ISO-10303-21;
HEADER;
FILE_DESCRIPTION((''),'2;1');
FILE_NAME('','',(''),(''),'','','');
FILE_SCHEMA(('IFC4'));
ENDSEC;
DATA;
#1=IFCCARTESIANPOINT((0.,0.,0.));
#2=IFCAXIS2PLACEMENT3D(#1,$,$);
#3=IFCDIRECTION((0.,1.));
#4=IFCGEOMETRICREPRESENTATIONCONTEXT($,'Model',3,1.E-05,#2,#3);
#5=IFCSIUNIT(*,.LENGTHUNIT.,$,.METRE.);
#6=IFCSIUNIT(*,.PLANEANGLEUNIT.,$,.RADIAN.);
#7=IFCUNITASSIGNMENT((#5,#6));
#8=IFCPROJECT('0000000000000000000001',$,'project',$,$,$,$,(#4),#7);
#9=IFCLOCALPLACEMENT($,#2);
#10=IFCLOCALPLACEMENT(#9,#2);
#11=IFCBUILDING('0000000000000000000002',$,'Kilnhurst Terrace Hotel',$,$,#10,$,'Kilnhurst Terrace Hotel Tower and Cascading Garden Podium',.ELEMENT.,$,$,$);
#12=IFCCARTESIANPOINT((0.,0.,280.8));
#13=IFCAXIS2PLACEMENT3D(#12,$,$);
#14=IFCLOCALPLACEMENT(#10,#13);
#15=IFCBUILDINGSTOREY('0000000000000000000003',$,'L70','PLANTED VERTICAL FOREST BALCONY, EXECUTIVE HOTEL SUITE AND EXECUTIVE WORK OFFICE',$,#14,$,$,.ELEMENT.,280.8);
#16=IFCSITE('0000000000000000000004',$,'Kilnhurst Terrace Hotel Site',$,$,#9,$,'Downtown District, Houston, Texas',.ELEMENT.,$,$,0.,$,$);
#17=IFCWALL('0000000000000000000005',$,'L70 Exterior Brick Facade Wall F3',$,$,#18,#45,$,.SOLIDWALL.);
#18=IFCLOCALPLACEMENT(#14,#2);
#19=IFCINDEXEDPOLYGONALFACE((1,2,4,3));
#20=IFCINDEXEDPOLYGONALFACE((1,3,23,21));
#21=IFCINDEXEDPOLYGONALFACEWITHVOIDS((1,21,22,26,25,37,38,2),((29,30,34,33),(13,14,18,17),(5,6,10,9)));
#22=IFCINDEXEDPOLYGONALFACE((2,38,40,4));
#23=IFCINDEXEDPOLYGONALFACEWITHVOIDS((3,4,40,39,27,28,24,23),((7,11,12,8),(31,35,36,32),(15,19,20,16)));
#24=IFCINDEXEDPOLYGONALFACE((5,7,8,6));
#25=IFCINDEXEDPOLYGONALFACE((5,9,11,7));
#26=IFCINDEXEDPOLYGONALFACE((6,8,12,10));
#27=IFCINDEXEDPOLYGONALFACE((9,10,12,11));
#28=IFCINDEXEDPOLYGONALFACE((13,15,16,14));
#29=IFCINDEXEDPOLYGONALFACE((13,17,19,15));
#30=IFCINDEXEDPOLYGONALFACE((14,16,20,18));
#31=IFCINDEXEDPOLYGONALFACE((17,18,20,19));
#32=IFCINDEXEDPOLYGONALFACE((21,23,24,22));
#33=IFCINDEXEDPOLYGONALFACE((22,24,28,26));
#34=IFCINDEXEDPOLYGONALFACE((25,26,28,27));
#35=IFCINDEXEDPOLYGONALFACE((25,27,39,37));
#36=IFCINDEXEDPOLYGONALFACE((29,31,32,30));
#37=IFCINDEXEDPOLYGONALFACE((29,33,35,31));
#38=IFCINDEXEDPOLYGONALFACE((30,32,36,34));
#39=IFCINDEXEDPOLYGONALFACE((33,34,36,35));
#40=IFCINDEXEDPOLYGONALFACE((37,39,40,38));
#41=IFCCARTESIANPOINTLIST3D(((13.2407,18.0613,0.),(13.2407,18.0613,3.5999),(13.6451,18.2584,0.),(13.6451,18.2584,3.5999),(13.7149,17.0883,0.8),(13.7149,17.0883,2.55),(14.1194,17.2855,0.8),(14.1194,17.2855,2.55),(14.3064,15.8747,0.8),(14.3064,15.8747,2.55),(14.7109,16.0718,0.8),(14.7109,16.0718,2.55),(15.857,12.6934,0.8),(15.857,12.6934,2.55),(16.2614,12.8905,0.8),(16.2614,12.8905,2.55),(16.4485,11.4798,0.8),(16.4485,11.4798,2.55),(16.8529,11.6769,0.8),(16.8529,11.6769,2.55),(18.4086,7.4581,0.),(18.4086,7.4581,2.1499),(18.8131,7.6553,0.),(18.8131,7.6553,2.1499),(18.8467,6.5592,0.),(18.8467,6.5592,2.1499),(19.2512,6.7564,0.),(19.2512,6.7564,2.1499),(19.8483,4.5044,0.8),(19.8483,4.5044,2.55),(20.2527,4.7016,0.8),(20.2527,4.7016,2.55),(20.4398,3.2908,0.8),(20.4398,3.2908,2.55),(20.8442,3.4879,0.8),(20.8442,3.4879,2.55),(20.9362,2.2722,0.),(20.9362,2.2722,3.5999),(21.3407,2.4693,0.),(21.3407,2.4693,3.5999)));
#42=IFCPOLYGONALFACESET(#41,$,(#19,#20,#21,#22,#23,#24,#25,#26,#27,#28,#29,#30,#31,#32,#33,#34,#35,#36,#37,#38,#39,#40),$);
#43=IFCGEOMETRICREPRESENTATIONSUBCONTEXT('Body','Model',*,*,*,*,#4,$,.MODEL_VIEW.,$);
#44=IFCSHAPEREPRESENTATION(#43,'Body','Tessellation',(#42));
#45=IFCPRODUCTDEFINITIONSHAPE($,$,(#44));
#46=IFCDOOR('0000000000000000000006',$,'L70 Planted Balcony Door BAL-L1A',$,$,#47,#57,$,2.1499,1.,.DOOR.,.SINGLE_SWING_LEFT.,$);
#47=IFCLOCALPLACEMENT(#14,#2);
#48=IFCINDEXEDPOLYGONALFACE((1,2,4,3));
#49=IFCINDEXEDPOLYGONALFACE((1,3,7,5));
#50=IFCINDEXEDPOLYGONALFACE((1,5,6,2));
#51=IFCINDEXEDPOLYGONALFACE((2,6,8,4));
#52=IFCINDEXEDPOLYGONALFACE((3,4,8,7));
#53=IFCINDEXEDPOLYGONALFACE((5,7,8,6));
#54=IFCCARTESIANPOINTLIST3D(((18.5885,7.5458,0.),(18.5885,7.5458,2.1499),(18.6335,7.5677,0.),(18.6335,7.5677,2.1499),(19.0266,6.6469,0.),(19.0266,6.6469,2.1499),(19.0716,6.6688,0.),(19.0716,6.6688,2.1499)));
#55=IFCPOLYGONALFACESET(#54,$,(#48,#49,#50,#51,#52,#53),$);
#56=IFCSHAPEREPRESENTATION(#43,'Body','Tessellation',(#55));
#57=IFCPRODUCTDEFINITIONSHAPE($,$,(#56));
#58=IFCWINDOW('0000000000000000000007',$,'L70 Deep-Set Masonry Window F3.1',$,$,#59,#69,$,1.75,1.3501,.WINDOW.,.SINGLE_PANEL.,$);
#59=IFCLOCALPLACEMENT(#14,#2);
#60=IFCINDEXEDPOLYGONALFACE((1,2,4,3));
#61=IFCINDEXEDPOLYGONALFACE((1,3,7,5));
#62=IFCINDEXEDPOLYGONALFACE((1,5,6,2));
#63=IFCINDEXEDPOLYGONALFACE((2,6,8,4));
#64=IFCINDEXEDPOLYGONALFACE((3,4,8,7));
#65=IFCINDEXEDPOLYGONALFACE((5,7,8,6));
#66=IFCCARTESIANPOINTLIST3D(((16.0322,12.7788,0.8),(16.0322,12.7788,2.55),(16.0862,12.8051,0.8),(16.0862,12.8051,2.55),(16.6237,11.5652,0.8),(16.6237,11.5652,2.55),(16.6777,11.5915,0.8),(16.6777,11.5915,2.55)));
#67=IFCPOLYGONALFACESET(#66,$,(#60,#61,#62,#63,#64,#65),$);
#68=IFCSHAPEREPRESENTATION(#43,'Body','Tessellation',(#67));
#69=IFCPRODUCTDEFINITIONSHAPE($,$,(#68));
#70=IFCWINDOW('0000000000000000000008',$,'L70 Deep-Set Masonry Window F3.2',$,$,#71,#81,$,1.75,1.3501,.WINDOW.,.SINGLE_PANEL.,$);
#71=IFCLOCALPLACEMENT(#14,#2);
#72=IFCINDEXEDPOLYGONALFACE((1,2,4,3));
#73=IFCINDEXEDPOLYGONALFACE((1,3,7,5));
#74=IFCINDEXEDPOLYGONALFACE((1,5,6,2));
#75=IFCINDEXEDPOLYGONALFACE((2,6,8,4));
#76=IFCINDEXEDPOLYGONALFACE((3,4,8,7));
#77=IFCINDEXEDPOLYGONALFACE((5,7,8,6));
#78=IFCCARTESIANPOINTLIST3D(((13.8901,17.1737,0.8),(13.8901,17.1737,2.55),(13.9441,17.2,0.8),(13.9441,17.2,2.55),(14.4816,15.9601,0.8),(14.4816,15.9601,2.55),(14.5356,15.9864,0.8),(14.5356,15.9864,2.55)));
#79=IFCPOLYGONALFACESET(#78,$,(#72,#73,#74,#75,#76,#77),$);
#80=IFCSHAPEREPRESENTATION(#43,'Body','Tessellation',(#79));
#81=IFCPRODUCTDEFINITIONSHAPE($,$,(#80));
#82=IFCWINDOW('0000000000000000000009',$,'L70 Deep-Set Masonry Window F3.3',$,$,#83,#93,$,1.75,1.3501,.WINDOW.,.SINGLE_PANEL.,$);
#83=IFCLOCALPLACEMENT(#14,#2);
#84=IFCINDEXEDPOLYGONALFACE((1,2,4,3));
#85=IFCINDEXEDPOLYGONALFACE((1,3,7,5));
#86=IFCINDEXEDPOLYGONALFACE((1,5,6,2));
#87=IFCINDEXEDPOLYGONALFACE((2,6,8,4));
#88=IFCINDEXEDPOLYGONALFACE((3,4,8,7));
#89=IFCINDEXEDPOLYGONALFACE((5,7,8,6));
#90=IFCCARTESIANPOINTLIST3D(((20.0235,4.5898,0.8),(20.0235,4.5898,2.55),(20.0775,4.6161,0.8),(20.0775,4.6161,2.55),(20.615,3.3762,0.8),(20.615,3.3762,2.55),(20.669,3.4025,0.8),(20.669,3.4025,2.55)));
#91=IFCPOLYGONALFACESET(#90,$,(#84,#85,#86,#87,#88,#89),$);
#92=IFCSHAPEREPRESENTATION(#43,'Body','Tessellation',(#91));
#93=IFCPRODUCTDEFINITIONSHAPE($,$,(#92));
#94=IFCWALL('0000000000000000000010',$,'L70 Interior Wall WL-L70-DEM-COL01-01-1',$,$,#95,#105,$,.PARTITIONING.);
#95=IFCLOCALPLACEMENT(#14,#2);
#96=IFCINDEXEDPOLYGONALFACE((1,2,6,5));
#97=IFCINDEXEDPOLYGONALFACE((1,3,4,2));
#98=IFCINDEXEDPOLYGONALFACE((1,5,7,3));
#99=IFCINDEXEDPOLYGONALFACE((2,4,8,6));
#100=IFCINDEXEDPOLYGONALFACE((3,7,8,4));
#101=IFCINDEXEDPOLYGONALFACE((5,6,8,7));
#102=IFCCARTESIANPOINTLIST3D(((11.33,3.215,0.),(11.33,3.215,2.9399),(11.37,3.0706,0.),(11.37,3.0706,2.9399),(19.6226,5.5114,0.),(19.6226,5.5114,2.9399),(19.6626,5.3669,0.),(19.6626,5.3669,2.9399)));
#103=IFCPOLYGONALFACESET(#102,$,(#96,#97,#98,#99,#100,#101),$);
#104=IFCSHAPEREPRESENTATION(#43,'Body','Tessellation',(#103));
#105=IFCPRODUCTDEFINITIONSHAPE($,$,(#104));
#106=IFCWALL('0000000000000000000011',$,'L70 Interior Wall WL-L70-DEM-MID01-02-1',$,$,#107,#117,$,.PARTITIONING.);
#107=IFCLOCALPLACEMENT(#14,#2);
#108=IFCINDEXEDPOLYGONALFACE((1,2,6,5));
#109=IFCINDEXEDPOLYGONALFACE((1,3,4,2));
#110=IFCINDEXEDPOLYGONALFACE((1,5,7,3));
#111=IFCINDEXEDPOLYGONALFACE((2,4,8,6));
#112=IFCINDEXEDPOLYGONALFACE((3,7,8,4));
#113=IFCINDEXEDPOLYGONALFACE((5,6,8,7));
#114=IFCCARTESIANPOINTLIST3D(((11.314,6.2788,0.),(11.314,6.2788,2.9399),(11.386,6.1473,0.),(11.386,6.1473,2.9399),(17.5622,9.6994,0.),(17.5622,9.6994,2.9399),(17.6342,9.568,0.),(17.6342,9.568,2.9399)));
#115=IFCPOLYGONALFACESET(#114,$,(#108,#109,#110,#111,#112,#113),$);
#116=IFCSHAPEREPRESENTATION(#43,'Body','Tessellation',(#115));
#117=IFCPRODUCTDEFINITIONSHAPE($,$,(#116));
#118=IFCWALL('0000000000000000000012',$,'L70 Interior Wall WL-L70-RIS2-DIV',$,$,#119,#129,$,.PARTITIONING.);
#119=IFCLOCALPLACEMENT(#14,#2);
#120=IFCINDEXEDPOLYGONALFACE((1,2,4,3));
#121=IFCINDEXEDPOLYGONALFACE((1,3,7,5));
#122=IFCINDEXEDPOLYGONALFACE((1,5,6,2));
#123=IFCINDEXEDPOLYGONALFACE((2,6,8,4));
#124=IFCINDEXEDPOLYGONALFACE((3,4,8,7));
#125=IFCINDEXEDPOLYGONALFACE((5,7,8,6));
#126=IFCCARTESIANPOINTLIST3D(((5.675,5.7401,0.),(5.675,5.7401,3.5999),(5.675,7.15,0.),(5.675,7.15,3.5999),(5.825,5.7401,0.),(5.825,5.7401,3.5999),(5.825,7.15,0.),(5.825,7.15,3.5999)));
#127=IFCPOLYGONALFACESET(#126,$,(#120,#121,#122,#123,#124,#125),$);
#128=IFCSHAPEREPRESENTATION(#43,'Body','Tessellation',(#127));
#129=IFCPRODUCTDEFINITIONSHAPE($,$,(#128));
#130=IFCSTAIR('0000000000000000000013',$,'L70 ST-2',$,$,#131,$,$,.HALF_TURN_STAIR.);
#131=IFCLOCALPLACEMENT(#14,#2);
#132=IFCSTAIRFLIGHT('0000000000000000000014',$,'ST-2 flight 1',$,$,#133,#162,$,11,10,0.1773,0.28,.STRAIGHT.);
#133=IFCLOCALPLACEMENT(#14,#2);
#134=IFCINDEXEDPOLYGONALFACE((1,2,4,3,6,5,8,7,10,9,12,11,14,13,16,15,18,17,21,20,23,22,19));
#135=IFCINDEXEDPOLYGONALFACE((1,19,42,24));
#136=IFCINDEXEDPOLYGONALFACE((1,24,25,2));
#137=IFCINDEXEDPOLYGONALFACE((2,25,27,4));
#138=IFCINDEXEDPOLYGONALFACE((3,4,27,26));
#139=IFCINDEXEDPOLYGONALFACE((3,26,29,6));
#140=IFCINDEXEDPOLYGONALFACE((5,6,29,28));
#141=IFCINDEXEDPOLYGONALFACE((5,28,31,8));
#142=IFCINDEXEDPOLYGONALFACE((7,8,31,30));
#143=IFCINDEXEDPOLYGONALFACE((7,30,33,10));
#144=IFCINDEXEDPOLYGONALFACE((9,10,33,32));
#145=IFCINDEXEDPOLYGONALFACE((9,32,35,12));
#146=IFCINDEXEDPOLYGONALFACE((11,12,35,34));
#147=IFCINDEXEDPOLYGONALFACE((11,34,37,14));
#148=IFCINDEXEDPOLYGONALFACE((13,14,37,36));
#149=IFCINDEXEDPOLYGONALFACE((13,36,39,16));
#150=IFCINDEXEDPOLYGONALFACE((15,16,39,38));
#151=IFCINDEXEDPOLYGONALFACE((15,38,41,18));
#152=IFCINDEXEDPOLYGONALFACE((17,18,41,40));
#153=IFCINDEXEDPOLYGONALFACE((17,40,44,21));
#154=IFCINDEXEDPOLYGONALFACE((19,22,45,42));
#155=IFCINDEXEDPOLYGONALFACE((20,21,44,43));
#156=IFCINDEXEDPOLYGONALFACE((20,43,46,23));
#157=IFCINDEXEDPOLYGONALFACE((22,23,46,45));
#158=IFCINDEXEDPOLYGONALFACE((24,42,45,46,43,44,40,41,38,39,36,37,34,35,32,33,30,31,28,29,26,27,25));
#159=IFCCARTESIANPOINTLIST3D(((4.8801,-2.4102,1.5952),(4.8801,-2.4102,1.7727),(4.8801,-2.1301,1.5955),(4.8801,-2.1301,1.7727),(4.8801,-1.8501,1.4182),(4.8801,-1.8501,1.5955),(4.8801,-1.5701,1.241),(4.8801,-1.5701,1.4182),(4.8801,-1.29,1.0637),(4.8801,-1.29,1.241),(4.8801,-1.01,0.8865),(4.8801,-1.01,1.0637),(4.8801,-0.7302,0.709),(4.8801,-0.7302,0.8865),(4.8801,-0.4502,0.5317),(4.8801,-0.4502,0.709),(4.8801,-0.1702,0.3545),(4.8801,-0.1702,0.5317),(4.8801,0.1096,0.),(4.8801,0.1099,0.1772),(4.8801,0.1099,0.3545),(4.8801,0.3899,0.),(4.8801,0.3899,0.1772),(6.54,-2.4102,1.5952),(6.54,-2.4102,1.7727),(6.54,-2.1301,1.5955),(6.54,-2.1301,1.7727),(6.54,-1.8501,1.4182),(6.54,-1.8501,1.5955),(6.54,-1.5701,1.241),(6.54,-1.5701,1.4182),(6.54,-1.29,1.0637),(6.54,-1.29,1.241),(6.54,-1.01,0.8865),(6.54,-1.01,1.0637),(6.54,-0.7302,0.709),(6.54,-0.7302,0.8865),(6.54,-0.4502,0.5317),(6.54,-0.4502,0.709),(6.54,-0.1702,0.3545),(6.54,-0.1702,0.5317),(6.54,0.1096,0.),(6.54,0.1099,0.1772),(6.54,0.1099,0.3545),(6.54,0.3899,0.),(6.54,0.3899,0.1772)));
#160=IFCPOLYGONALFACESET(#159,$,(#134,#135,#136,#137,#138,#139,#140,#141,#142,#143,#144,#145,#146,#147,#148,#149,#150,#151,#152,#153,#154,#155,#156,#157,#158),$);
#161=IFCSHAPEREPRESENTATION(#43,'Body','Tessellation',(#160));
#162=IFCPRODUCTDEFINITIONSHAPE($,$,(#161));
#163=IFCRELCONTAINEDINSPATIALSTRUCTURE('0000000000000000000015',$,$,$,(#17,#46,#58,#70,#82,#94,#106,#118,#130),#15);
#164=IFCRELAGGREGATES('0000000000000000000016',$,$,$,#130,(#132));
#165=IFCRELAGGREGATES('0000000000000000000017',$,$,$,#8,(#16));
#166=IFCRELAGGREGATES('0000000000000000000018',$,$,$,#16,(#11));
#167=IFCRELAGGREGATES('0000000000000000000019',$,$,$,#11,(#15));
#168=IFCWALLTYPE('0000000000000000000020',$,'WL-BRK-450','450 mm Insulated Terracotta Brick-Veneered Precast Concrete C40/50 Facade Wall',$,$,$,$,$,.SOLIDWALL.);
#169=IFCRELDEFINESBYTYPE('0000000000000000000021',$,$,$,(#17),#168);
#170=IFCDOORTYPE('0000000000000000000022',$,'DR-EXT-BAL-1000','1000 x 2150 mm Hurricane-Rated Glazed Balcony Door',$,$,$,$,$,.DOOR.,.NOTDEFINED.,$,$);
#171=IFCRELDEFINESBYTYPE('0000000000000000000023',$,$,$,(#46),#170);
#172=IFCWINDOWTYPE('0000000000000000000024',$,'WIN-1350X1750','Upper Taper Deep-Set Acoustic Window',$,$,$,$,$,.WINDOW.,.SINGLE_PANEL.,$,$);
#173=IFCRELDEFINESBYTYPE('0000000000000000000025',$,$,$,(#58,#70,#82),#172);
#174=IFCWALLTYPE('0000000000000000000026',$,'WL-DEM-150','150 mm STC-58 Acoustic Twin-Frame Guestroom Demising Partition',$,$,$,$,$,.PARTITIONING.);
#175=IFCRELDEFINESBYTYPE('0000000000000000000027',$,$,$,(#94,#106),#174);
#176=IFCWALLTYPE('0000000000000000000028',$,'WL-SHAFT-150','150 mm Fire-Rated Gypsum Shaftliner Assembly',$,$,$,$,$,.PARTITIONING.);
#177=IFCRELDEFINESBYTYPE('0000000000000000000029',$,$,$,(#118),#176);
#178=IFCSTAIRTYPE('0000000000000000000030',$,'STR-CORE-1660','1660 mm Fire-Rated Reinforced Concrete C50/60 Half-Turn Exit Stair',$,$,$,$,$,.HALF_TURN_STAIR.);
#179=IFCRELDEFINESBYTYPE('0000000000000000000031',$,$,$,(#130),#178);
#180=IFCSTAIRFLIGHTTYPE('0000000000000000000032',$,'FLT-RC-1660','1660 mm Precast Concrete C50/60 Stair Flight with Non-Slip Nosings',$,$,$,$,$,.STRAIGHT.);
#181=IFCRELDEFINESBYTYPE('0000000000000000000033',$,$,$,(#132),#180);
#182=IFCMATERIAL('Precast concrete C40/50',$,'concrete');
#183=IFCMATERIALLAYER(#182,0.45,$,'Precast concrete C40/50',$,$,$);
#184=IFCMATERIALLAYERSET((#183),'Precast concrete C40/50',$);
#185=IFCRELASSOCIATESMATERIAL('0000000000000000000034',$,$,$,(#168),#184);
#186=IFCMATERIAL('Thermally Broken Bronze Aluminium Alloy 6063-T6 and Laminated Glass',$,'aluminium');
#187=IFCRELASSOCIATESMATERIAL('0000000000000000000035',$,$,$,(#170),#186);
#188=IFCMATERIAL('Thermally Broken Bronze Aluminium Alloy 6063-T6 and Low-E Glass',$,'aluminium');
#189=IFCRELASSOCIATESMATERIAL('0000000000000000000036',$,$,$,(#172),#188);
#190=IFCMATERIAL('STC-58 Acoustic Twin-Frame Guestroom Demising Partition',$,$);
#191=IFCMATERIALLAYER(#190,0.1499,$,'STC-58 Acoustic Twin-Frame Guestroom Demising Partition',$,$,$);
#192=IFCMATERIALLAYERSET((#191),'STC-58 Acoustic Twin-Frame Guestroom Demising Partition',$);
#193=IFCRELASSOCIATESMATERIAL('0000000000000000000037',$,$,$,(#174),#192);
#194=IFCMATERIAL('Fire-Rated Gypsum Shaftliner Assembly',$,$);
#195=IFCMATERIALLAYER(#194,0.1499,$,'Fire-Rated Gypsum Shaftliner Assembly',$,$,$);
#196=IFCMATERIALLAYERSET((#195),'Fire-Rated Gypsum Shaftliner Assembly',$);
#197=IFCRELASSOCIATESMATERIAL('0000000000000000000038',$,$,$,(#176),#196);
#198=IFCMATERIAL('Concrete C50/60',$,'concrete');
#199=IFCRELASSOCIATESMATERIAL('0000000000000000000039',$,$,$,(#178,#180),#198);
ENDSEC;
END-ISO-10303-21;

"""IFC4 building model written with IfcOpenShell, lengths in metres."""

from ifc_helpers import new_model, si_unit, direction, frame, frame_2d, origin, place, context, subcontext, project, spatial, polyline, rectangle, outline, extrude, material, layer, layer_set, type_object, element, fill, aggregate, save


model = new_model("IFC4")

# Units and contexts
model_context = context("Model", 3, precision=1e-05, world=origin(), true_north=direction((0.0, 1.0)))
body_context = subcontext(model_context, "Body", "Model", "MODEL_VIEW")
ifc_project = project(units=[si_unit("LENGTHUNIT", "METRE"), si_unit("PLANEANGLEUNIT", "RADIAN")], contexts=[model_context])

# Site, building, storey
site_placement = place(None, origin())
site = spatial("IfcSite", under=ifc_project, at=site_placement, Name="Kilnhurst Terrace Hotel Site", LongName="Downtown District, Houston, Texas", CompositionType="ELEMENT", RefElevation=0.0)
building_placement = place(site_placement, origin())
building = spatial("IfcBuilding", under=site, at=building_placement, Name="Kilnhurst Terrace Hotel", LongName="Kilnhurst Terrace Hotel Tower and Cascading Garden Podium", CompositionType="ELEMENT")
storey_placement = place(building_placement, frame((0.0, 0.0, 280.8)))
storey = spatial("IfcBuildingStorey", under=building, at=storey_placement, Name="L70", Description="PLANTED VERTICAL FOREST BALCONY, EXECUTIVE HOTEL SUITE AND EXECUTIVE WORK OFFICE", CompositionType="ELEMENT", Elevation=280.8)

# Shared definitions
ifc_material_1 = material(Name="Concrete C50/60", Category="concrete")

# Shared definitions
ifc_material_2 = material(Name="Precast concrete C40/50", Category="concrete")
ifc_layer_1 = layer(ifc_material_2, 0.45, Name="Precast concrete C40/50")
ifc_layer_set_1 = layer_set([ifc_layer_1], Name="Precast concrete C40/50")
wall_type_1 = type_object("IfcWallType", Name="WL-BRK-450", Description="450 mm Insulated Terracotta Brick-Veneered Precast Concrete C40/50 Facade Wall", PredefinedType="SOLIDWALL", material=ifc_layer_set_1)

# Wall, openings, door, windows
wall_1_placement = place(storey_placement, frame((21.1384, 2.3708, 0.0), z_axis=(0.0, 0.0, 1.0), x_axis=(-0.438128, 0.898913, 0.0)))
wall_1 = element("IfcWall", 1, at=wall_1_placement, inside=storey, type_object=wall_type_1, Name="L70 Exterior Brick Facade Wall F3", PredefinedType="SOLIDWALL", context=body_context, shape_type="SweptSolid", body=[
    extrude(rectangle(XDim=17.5647, YDim=0.45, at=frame_2d((8.7822, 0.0))), origin(), (0.0, 0.0, 1.0), 3.5999),
])
opening_1_placement = place(wall_1_placement, frame((4.769, 0.0, 0.0)))
opening_1 = element("IfcOpeningElement", 2, at=opening_1_placement, cuts=wall_1, PredefinedType="OPENING", context=body_context, shape_type="SweptSolid", body=[
    extrude(rectangle(XDim=1.0, YDim=2.1499, at=frame_2d((0.5, 1.075))), frame((0.0, 0.2349, 0.0), z_axis=(0.0, -1.0, 0.0), x_axis=(1.0, 0.0, 0.0)), (0.0, 0.0, 1.0), 0.47),
])
opening_2_placement = place(wall_1_placement, frame((10.2429, 0.0, 0.8)))
opening_2 = element("IfcOpeningElement", 3, at=opening_2_placement, cuts=wall_1, PredefinedType="OPENING", context=body_context, shape_type="SweptSolid", body=[
    extrude(rectangle(XDim=1.3501, YDim=1.75, at=frame_2d((0.675, 0.875))), frame((0.0, 0.2349, 0.0), z_axis=(0.0, -1.0, 0.0), x_axis=(1.0, 0.0, 0.0)), (0.0, 0.0, 1.0), 0.47),
])
opening_3_placement = place(wall_1_placement, frame((15.1321, 0.0, 0.8)))
opening_3 = element("IfcOpeningElement", 4, at=opening_3_placement, cuts=wall_1, PredefinedType="OPENING", context=body_context, shape_type="SweptSolid", body=[
    extrude(rectangle(XDim=1.3501, YDim=1.75, at=frame_2d((0.675, 0.875))), frame((0.0, 0.2349, 0.0), z_axis=(0.0, -1.0, 0.0), x_axis=(1.0, 0.0, 0.0)), (0.0, 0.0, 1.0), 0.47),
])
opening_4_placement = place(wall_1_placement, frame((1.1331, 0.0, 0.8)))
opening_4 = element("IfcOpeningElement", 5, at=opening_4_placement, cuts=wall_1, PredefinedType="OPENING", context=body_context, shape_type="SweptSolid", body=[
    extrude(rectangle(XDim=1.3501, YDim=1.75, at=frame_2d((0.675, 0.875))), frame((0.0, 0.2349, 0.0), z_axis=(0.0, -1.0, 0.0), x_axis=(1.0, 0.0, 0.0)), (0.0, 0.0, 1.0), 0.47),
])
ifc_material_3 = material(Name="Thermally Broken Bronze Aluminium Alloy 6063-T6 and Laminated Glass", Category="aluminium")
door_type = type_object("IfcDoorType", Name="DR-EXT-BAL-1000", Description="1000 x 2150 mm Hurricane-Rated Glazed Balcony Door", OperationType="NOTDEFINED", PredefinedType="DOOR", material=ifc_material_3)
door_placement = place(opening_1_placement, origin())
door = element("IfcDoor", 6, at=door_placement, inside=storey, type_object=door_type, Name="L70 Planted Balcony Door BAL-L1A", OperationType="SINGLE_SWING_LEFT", OverallHeight=2.1499, OverallWidth=1.0, PredefinedType="DOOR", context=body_context, shape_type="SweptSolid", body=[
    extrude(rectangle(XDim=1.0, YDim=2.1499, at=frame_2d((0.5, 1.075))), frame((0.0, 0.0249, 0.0), z_axis=(0.0, -1.0, 0.0), x_axis=(1.0, 0.0, 0.0)), (0.0, 0.0, 1.0), 0.05),
])
fill(opening_1, door)
ifc_material_4 = material(Name="Thermally Broken Bronze Aluminium Alloy 6063-T6 and Low-E Glass", Category="aluminium")
window_type = type_object("IfcWindowType", Name="WIN-1350X1750", Description="Upper Taper Deep-Set Acoustic Window", PartitioningType="SINGLE_PANEL", PredefinedType="WINDOW", material=ifc_material_4)
window_1_placement = place(opening_2_placement, origin())
window_1 = element("IfcWindow", 7, at=window_1_placement, inside=storey, type_object=window_type, Name="L70 Deep-Set Masonry Window F3.1", OverallHeight=1.75, OverallWidth=1.3501, PartitioningType="SINGLE_PANEL", PredefinedType="WINDOW", context=body_context, shape_type="SweptSolid", body=[
    extrude(rectangle(XDim=1.3501, YDim=1.75, at=frame_2d((0.675, 0.875))), frame((0.0, 0.03, 0.0), z_axis=(0.0, -1.0, 0.0), x_axis=(1.0, 0.0, 0.0)), (0.0, 0.0, 1.0), 0.0601),
])
fill(opening_2, window_1)
window_2_placement = place(opening_3_placement, origin())
window_2 = element("IfcWindow", 8, at=window_2_placement, inside=storey, type_object=window_type, Name="L70 Deep-Set Masonry Window F3.2", OverallHeight=1.75, OverallWidth=1.3501, PartitioningType="SINGLE_PANEL", PredefinedType="WINDOW", context=body_context, shape_type="SweptSolid", body=[
    extrude(rectangle(XDim=1.3501, YDim=1.75, at=frame_2d((0.675, 0.875))), frame((0.0, 0.03, 0.0), z_axis=(0.0, -1.0, 0.0), x_axis=(1.0, 0.0, 0.0)), (0.0, 0.0, 1.0), 0.0601),
])
fill(opening_3, window_2)
window_3_placement = place(opening_4_placement, origin())
window_3 = element("IfcWindow", 9, at=window_3_placement, inside=storey, type_object=window_type, Name="L70 Deep-Set Masonry Window F3.3", OverallHeight=1.75, OverallWidth=1.3501, PartitioningType="SINGLE_PANEL", PredefinedType="WINDOW", context=body_context, shape_type="SweptSolid", body=[
    extrude(rectangle(XDim=1.3501, YDim=1.75, at=frame_2d((0.675, 0.875))), frame((0.0, 0.03, 0.0), z_axis=(0.0, -1.0, 0.0), x_axis=(1.0, 0.0, 0.0)), (0.0, 0.0, 1.0), 0.0601),
])
fill(opening_4, window_3)

# Walls
ifc_material_5 = material(Name="STC-58 Acoustic Twin-Frame Guestroom Demising Partition")
ifc_layer_2 = layer(ifc_material_5, 0.1499, Name="STC-58 Acoustic Twin-Frame Guestroom Demising Partition")
ifc_layer_set_2 = layer_set([ifc_layer_2], Name="STC-58 Acoustic Twin-Frame Guestroom Demising Partition")
wall_type_2 = type_object("IfcWallType", Name="WL-DEM-150", Description="150 mm STC-58 Acoustic Twin-Frame Guestroom Demising Partition", PredefinedType="PARTITIONING", material=ifc_layer_set_2)
wall_2_placement = place(storey_placement, frame((11.3501, 3.1428, 0.0), z_axis=(0.0, 0.0, 1.0), x_axis=(0.963732, 0.266873, 0.0)))
element("IfcWall", 10, at=wall_2_placement, inside=storey, type_object=wall_type_2, Name="L70 Interior Wall WL-L70-DEM-COL01-01-1", PredefinedType="PARTITIONING", context=body_context, shape_type="SweptSolid", body=[
    extrude(rectangle(XDim=8.6047, YDim=0.1499, at=frame_2d((4.3022, 0.0))), origin(), (0.0, 0.0, 1.0), 2.9399),
])
wall_3_placement = place(storey_placement, frame((11.3501, 6.2131, 0.0), z_axis=(0.0, 0.0, 1.0), x_axis=(0.877157, 0.480204, 0.0)))
element("IfcWall", 11, at=wall_3_placement, inside=storey, type_object=wall_type_2, Name="L70 Interior Wall WL-L70-DEM-MID01-02-1", PredefinedType="PARTITIONING", context=body_context, shape_type="SweptSolid", body=[
    extrude(rectangle(XDim=7.1233, YDim=0.1499, at=frame_2d((3.5615, 0.0))), origin(), (0.0, 0.0, 1.0), 2.9399),
])
ifc_material_6 = material(Name="Fire-Rated Gypsum Shaftliner Assembly")
ifc_layer_3 = layer(ifc_material_6, 0.1499, Name="Fire-Rated Gypsum Shaftliner Assembly")
ifc_layer_set_3 = layer_set([ifc_layer_3], Name="Fire-Rated Gypsum Shaftliner Assembly")
wall_type_3 = type_object("IfcWallType", Name="WL-SHAFT-150", Description="150 mm Fire-Rated Gypsum Shaftliner Assembly", PredefinedType="PARTITIONING", material=ifc_layer_set_3)
wall_4_placement = place(storey_placement, frame((5.75, 5.74, 0.0), z_axis=(0.0, 0.0, 1.0), x_axis=(0.0, 1.0, 0.0)))
element("IfcWall", 12, at=wall_4_placement, inside=storey, type_object=wall_type_3, Name="L70 Interior Wall WL-L70-RIS2-DIV", PredefinedType="PARTITIONING", context=body_context, shape_type="SweptSolid", body=[
    extrude(rectangle(XDim=1.4099, YDim=0.1499, at=frame_2d((0.7051, 0.0))), origin(), (0.0, 0.0, 1.0), 3.5999),
])

# Stair, stair flight
stair_type = type_object("IfcStairType", Name="STR-CORE-1660", Description="1660 mm Fire-Rated Reinforced Concrete C50/60 Half-Turn Exit Stair", PredefinedType="HALF_TURN_STAIR", material=ifc_material_1)
stair_placement = place(storey_placement, origin())
stair = element("IfcStair", 13, at=stair_placement, inside=storey, type_object=stair_type, Name="L70 ST-2", PredefinedType="HALF_TURN_STAIR")
stair_flight_type = type_object("IfcStairFlightType", Name="FLT-RC-1660", Description="1660 mm Precast Concrete C50/60 Stair Flight with Non-Slip Nosings", PredefinedType="STRAIGHT", material=ifc_material_1)
stair_flight_placement = place(storey_placement, frame((5.71, 0.3899, 0.0), z_axis=(0.0, 0.0, 1.0), x_axis=(0.0, -1.0, 0.0)))
stair_flight = element("IfcStairFlight", 14, at=stair_flight_placement, type_object=stair_flight_type, Name="ST-2 flight 1", NumberOfRisers=11, NumberOfTreads=10, PredefinedType="STRAIGHT", RiserHeight=0.1773, TreadLength=0.28, context=body_context, shape_type="SweptSolid", body=[
    extrude(outline(polyline([(0.0, 0.0), (0.0, 0.1772), (0.28, 0.1772), (0.28, 0.3545), (0.5601, 0.3545), (0.5601, 0.5317), (0.8401, 0.5317), (0.8401, 0.709), (1.1201, 0.709), (1.1201, 0.8865), (1.3999, 0.8865), (1.3999, 1.0637), (1.6799, 1.0637), (1.6799, 1.241), (1.96, 1.241), (1.96, 1.4182), (2.24, 1.4182), (2.24, 1.5955), (2.52, 1.5955), (2.52, 1.7727), (2.8, 1.7727), (2.8, 1.95), (2.8, 1.5952), (0.2803, 0.0), (0.0, 0.0)])), frame((0.0, 0.8301, 0.0), z_axis=(0.0, -1.0, 0.0), x_axis=(1.0, 0.0, 0.0)), (0.0, 0.0, 1.0), 1.6599),
])
aggregate(stair, [stair_flight])

save(model, "model.ifc")
